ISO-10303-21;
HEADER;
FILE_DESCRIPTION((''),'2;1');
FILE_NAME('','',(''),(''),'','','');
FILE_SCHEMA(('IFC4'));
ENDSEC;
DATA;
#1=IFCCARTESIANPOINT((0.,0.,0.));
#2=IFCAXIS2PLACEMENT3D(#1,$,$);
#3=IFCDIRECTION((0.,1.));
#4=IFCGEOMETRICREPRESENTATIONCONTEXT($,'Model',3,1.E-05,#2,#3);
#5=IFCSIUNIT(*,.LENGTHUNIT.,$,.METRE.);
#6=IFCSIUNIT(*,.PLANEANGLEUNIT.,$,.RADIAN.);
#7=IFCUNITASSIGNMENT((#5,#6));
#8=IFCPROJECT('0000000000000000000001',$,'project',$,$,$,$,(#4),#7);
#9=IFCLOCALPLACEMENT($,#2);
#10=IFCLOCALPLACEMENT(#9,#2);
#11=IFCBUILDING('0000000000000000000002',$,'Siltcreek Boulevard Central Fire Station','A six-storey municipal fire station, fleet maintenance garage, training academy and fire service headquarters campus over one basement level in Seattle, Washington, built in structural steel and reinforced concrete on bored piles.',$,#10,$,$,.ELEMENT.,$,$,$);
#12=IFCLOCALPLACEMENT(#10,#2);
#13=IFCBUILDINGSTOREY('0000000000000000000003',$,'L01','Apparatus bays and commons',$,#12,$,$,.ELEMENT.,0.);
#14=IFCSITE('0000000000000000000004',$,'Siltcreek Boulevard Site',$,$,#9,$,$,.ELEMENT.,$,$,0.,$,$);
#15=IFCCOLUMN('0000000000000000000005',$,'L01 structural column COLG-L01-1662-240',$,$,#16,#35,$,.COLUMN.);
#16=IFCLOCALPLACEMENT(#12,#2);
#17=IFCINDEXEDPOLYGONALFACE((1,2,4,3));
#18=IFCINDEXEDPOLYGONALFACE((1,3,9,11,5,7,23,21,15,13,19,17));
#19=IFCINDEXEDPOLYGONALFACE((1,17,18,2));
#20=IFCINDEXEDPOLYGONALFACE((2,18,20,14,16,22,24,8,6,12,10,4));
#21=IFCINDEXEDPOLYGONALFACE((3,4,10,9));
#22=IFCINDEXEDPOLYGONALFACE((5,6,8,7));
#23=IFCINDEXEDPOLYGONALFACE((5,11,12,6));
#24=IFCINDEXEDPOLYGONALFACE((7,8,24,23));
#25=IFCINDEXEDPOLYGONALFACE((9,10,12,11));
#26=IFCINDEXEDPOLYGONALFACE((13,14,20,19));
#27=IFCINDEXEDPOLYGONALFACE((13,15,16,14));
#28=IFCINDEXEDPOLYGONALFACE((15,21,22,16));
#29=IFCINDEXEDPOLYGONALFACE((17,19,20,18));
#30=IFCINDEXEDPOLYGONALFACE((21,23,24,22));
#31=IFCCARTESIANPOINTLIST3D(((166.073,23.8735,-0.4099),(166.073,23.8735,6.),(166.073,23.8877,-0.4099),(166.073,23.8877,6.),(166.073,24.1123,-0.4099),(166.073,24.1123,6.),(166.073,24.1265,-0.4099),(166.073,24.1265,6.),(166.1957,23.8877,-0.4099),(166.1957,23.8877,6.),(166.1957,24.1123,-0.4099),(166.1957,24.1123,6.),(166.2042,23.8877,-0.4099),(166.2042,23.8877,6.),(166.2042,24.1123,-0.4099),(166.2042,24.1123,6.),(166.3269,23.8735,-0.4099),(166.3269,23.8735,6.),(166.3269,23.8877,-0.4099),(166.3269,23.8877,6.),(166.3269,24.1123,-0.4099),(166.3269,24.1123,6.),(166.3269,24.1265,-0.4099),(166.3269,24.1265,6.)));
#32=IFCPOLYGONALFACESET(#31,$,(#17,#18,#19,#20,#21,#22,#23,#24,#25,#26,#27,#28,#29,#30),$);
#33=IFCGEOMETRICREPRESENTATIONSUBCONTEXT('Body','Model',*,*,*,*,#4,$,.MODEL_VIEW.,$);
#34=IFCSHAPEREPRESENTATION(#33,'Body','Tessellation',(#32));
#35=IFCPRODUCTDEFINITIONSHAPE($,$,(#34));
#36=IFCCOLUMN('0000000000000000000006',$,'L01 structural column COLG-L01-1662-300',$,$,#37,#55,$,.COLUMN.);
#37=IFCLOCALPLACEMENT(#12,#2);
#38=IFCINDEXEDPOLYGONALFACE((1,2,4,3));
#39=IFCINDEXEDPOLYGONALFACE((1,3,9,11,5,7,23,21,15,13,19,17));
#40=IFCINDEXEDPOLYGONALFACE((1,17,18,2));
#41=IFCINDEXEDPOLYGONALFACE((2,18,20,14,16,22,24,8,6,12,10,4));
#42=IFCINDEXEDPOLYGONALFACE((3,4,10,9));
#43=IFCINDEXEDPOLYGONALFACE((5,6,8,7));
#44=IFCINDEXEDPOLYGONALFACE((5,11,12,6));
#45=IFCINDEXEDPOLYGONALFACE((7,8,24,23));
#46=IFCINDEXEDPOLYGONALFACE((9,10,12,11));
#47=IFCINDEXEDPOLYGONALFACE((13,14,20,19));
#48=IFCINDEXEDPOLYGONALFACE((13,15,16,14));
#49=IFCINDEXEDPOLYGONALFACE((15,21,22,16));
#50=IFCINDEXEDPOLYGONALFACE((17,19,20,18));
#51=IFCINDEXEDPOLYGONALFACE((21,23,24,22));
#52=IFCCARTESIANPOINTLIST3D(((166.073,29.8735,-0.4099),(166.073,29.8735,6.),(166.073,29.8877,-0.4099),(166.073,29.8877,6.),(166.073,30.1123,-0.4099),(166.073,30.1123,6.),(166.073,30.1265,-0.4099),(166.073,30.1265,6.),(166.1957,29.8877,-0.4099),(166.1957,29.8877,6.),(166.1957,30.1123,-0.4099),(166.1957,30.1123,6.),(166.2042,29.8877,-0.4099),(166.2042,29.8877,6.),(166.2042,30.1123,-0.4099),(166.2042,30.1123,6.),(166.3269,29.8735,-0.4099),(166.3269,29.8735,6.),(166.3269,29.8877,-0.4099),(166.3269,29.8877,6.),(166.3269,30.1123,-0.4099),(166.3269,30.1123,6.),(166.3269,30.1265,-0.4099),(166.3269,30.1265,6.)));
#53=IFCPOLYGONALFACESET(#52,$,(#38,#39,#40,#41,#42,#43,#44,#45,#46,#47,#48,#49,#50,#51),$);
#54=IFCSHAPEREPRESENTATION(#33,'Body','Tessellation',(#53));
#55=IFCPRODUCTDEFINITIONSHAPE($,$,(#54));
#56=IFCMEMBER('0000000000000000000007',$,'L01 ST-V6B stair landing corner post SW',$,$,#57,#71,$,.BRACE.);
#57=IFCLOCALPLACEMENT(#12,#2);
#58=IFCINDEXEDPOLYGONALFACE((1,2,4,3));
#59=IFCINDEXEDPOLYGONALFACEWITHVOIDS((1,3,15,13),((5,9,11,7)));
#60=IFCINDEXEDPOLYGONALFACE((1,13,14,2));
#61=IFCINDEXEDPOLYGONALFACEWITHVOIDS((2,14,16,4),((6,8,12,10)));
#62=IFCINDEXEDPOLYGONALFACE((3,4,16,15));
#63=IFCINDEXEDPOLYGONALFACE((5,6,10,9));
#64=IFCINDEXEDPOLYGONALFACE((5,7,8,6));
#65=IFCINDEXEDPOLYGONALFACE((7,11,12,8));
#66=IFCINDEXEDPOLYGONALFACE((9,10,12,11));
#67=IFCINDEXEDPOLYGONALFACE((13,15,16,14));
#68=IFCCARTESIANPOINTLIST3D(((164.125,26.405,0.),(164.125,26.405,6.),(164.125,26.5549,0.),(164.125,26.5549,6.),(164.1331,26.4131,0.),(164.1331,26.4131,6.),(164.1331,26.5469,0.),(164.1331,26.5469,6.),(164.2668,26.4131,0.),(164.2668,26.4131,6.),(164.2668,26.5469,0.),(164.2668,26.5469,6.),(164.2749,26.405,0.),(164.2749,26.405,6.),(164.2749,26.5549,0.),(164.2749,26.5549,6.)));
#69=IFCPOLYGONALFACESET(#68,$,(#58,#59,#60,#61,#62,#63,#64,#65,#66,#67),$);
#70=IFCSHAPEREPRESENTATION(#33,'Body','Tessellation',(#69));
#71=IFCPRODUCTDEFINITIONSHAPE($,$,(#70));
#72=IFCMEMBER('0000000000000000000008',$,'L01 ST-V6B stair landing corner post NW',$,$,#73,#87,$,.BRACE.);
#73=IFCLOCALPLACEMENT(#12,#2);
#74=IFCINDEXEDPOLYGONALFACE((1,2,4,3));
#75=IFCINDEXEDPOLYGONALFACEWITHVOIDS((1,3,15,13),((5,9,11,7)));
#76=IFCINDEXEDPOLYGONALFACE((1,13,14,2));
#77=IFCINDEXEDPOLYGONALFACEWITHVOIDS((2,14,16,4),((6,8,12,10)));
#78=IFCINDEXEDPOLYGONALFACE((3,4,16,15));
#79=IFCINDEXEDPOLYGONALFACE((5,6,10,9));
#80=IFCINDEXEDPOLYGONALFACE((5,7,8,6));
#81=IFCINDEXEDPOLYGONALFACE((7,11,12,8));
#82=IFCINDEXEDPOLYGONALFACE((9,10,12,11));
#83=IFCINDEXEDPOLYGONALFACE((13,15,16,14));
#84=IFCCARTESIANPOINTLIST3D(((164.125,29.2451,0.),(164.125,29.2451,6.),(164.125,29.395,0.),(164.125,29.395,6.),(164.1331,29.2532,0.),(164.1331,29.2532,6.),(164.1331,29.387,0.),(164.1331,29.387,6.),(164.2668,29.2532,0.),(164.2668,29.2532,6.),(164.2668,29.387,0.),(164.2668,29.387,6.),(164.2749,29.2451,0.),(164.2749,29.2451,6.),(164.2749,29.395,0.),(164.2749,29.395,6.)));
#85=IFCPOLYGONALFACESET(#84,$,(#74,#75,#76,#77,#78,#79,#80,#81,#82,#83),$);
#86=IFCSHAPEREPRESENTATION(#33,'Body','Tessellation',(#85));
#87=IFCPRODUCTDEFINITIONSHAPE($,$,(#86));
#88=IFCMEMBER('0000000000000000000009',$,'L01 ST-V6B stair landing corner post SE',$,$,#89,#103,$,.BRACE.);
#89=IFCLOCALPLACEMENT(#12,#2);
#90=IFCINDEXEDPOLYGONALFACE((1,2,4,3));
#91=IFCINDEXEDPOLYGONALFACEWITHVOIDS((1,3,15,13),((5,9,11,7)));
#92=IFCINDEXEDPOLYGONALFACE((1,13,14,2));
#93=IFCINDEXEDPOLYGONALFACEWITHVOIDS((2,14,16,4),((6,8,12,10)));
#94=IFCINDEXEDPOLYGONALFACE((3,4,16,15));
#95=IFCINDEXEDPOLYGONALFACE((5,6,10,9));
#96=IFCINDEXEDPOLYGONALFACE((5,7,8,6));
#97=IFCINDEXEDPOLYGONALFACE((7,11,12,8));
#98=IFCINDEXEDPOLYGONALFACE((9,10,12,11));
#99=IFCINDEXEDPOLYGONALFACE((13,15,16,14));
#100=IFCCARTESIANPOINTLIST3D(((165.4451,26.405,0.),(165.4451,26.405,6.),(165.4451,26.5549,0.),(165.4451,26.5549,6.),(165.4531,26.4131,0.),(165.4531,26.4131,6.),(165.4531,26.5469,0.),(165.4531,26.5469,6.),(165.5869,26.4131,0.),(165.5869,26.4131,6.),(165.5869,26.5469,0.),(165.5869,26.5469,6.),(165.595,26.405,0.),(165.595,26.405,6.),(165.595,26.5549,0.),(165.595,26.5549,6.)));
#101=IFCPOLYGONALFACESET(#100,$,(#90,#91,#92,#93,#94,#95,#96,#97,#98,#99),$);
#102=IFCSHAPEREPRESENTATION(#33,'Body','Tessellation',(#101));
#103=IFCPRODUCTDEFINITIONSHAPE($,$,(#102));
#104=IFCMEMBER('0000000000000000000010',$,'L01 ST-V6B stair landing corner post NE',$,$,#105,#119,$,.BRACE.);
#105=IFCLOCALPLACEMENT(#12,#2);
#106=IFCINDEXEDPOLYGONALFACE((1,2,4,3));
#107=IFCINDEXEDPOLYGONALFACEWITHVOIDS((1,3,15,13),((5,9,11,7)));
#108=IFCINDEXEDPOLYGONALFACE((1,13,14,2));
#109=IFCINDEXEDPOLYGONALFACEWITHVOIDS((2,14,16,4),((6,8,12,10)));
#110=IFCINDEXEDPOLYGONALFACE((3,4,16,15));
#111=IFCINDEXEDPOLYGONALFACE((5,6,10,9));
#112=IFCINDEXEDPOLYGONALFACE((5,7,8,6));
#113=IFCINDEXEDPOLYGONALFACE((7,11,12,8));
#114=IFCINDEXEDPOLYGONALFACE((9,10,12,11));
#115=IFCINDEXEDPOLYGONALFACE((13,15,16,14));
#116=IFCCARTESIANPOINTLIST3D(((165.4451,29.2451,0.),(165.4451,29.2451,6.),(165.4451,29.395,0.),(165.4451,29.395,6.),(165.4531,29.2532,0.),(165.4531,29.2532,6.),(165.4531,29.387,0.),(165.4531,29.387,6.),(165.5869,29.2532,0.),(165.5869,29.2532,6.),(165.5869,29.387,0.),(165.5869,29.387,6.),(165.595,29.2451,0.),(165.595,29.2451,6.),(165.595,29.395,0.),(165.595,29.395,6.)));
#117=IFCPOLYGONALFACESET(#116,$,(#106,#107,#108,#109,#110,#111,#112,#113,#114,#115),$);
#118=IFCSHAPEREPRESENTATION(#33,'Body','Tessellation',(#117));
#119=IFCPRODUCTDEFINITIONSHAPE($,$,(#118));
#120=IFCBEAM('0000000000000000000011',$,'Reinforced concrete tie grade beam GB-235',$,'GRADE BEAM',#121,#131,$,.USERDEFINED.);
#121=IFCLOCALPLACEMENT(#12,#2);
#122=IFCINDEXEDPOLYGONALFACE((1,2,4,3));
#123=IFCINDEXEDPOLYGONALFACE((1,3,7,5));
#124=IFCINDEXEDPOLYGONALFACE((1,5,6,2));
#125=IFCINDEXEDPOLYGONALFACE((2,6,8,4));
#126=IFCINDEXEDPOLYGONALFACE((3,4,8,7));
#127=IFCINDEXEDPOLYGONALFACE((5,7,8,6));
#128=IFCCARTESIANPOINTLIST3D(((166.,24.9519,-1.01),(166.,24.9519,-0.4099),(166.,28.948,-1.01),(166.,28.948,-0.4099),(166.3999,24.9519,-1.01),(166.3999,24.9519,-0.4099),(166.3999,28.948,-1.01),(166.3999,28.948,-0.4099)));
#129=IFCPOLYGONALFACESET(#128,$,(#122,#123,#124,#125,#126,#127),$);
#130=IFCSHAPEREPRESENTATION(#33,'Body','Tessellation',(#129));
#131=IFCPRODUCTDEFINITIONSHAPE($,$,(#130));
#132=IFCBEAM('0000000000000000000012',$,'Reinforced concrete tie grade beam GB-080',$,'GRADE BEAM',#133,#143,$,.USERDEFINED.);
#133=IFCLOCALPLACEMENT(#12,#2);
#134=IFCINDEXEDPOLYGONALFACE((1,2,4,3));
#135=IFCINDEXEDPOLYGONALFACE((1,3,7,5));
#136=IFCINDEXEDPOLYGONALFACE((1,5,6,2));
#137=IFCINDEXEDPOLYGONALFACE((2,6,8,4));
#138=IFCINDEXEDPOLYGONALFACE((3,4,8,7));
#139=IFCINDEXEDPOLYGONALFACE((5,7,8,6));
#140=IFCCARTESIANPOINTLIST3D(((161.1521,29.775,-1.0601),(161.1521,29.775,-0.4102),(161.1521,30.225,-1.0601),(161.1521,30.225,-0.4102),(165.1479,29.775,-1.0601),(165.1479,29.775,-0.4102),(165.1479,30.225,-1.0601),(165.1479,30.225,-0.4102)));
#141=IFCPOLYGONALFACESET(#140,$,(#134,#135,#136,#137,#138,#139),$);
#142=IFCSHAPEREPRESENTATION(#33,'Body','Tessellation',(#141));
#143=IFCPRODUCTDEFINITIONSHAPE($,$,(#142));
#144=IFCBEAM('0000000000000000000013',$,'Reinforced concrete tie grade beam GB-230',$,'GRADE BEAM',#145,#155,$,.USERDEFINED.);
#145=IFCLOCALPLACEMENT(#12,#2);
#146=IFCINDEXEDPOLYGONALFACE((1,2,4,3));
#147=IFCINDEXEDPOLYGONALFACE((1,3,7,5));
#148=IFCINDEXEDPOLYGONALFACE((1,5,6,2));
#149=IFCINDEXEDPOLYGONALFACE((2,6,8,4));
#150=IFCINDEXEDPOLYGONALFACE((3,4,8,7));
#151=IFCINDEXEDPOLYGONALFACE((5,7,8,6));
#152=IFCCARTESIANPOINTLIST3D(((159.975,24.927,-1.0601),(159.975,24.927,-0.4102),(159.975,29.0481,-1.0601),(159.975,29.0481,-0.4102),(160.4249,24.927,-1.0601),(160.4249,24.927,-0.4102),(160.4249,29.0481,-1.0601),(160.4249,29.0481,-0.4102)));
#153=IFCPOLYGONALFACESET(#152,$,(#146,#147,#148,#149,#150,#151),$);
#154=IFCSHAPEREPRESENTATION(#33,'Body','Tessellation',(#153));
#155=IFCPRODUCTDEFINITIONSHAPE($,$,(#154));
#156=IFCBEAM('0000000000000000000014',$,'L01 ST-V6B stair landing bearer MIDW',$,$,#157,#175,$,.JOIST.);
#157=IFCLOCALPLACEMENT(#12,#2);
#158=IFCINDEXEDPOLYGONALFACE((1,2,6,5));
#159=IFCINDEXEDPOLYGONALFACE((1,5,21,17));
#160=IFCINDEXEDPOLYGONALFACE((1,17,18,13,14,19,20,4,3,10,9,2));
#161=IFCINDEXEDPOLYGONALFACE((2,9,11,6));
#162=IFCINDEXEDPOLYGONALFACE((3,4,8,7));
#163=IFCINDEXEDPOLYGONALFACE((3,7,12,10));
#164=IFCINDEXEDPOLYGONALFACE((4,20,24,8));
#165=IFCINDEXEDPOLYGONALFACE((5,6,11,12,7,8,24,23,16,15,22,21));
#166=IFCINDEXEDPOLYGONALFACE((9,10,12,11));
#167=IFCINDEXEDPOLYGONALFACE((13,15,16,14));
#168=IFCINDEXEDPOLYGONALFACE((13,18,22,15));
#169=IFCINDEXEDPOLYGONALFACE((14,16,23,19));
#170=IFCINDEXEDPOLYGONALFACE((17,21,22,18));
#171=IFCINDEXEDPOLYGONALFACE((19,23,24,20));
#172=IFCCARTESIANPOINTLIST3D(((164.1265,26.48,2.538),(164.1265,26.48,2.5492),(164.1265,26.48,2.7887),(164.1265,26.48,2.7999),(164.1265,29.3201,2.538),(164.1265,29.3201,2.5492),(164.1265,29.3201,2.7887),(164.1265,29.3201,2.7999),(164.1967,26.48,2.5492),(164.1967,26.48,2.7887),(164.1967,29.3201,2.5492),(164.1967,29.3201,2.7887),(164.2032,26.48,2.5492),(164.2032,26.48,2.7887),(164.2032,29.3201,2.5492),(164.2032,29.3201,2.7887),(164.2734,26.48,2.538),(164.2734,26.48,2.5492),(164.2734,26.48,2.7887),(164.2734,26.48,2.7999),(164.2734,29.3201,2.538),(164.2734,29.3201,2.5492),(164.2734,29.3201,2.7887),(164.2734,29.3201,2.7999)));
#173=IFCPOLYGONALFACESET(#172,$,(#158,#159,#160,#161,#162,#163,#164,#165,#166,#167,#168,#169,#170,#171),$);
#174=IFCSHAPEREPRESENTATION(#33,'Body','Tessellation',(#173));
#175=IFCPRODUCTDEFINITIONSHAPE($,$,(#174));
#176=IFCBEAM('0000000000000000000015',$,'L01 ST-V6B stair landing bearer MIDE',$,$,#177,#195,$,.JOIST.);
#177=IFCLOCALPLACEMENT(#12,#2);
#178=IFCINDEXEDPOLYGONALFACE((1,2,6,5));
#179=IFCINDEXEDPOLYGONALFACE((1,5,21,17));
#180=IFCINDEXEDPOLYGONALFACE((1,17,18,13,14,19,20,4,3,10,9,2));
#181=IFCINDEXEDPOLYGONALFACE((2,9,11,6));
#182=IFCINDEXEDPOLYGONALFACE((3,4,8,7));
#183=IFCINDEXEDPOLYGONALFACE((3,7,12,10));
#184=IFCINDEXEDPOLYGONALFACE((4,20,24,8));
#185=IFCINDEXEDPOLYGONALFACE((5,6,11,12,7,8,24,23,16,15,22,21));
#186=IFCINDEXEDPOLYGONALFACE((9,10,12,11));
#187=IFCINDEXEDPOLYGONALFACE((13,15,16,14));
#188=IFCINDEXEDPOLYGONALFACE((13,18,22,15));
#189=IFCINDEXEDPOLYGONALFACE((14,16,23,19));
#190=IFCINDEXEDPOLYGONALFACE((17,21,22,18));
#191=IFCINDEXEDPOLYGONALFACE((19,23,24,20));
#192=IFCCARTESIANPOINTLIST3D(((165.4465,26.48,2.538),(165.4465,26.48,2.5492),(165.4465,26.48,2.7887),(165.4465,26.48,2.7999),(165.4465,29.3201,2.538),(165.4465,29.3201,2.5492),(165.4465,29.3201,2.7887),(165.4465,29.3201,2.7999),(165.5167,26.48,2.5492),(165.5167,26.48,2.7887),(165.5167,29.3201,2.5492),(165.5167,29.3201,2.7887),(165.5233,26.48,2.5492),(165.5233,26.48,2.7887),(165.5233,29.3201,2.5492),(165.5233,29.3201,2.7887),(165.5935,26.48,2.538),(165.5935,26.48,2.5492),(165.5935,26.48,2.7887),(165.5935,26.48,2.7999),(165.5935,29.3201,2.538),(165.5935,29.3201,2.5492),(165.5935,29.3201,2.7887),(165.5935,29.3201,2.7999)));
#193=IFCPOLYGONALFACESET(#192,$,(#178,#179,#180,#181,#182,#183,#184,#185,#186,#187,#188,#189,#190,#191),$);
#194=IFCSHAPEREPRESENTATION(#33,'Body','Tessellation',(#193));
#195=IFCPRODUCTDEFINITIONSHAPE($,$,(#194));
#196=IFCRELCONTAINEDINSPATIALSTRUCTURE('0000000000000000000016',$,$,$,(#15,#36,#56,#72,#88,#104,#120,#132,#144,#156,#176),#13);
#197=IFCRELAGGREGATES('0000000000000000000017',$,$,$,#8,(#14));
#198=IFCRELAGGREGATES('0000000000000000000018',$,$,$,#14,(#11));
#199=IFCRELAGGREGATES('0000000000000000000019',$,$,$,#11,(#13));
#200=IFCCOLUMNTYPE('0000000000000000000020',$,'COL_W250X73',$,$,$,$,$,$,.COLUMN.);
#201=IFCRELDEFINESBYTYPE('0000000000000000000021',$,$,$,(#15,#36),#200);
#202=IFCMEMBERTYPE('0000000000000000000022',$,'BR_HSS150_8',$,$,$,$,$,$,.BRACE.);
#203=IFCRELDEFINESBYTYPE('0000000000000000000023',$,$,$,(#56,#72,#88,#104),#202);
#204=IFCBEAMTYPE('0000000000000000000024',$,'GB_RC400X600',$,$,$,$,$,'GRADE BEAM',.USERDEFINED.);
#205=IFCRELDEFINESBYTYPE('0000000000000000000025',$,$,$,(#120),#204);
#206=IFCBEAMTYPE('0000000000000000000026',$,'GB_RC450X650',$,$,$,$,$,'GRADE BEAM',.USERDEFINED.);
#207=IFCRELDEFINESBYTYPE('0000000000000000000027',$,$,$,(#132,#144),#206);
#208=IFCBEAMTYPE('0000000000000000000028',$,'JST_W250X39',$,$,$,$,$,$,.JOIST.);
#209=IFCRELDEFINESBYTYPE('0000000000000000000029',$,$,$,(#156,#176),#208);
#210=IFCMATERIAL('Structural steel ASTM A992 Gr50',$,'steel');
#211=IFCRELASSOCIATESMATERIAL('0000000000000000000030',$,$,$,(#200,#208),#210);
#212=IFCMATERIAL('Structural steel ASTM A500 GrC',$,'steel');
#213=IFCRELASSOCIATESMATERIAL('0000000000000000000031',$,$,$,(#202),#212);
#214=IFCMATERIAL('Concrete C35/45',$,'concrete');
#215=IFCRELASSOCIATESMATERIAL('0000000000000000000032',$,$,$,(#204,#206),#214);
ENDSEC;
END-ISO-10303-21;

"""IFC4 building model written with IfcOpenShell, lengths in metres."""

from ifc_helpers import new_model, si_unit, direction, frame, origin, origin_2d, place, context, subcontext, project, spatial, rectangle, hollow_rectangle, i_section, extrude, material, material_profile, profile_set, type_object, element, save


model = new_model("IFC4")

# Units and contexts
model_context = context("Model", 3, precision=1e-05, world=origin(), true_north=direction((0.0, 1.0)))
body_context = subcontext(model_context, "Body", "Model", "MODEL_VIEW")
ifc_project = project(units=[si_unit("LENGTHUNIT", "METRE"), si_unit("PLANEANGLEUNIT", "RADIAN")], contexts=[model_context])

# Site, building, storey
site_placement = place(None, origin())
site = spatial("IfcSite", under=ifc_project, at=site_placement, Name="Siltcreek Boulevard Site", CompositionType="ELEMENT", RefElevation=0.0)
building_placement = place(site_placement, origin())
building = spatial("IfcBuilding", under=site, at=building_placement, Name="Siltcreek Boulevard Central Fire Station", Description="A six-storey municipal fire station, fleet maintenance garage, training academy and fire service headquarters campus over one basement level in Seattle, Washington, built in structural steel and reinforced concrete on bored piles.", CompositionType="ELEMENT")
storey_placement = place(building_placement, origin())
storey = spatial("IfcBuildingStorey", under=building, at=storey_placement, Name="L01", Description="Apparatus bays and commons", CompositionType="ELEMENT", Elevation=0.0)

# Shared definitions
ifc_material_1 = material(Name="Concrete C35/45", Category="concrete")

# Columns
ifc_material_2 = material(Name="Structural steel ASTM A500 GrC", Category="steel")
ifc_material_3 = material(Name="Structural steel ASTM A992 Gr50", Category="steel")
ifc_material_profile_1 = material_profile(ifc_material_3, i_section(OverallWidth=0.2539, OverallDepth=0.2529, WebThickness=0.0085, FlangeThickness=0.0142, at=origin_2d()), Name="W250X73")
ifc_profile_set_1 = profile_set([ifc_material_profile_1], Name="Structural steel ASTM A992 Gr50")
column_type_1 = type_object("IfcColumnType", Name="COL_W250X73", PredefinedType="COLUMN", material=ifc_profile_set_1)
for number, where, z_axis, x_axis, name in (
    (1, (166.2, 24.0, -0.4099), (0.0, 0.0, 1.0), (1.0, 0.0, 0.0), "L01 structural column COLG-L01-1662-240"),
    (2, (166.2, 30.0, -0.4099), (0.0, 0.0, 1.0), (1.0, 0.0, 0.0), "L01 structural column COLG-L01-1662-300"),
):
    element("IfcColumn", number, at=place(storey_placement, frame(where, z_axis=z_axis, x_axis=x_axis)), inside=storey, type_object=column_type_1, Name=name, PredefinedType="COLUMN", context=body_context, shape_type="SweptSolid", body=[
        extrude(i_section(OverallWidth=0.2539, OverallDepth=0.2529, WebThickness=0.0085, FlangeThickness=0.0142, at=origin_2d()), origin(), (0.0, 0.0, 1.0), 6.4099),
    ])

# Members
ifc_material_profile_2 = material_profile(ifc_material_2, hollow_rectangle(XDim=0.1499, YDim=0.1499, WallThickness=0.0081, at=origin_2d()), Name="HSS150X150X8.0")
ifc_profile_set_2 = profile_set([ifc_material_profile_2], Name="Structural steel ASTM A500 GrC")
member_type = type_object("IfcMemberType", Name="BR_HSS150_8", PredefinedType="BRACE", material=ifc_profile_set_2)
for number, where, z_axis, x_axis, name in (
    (3, (164.2, 26.48, 0.0), (0.0, 0.0, 1.0), (1.0, 0.0, 0.0), "L01 ST-V6B stair landing corner post SW"),
    (4, (164.2, 29.3201, 0.0), (0.0, 0.0, 1.0), (1.0, 0.0, 0.0), "L01 ST-V6B stair landing corner post NW"),
    (5, (165.52, 26.48, 0.0), (0.0, 0.0, 1.0), (1.0, 0.0, 0.0), "L01 ST-V6B stair landing corner post SE"),
    (6, (165.52, 29.3201, 0.0), (0.0, 0.0, 1.0), (1.0, 0.0, 0.0), "L01 ST-V6B stair landing corner post NE"),
):
    element("IfcMember", number, at=place(storey_placement, frame(where, z_axis=z_axis, x_axis=x_axis)), inside=storey, type_object=member_type, Name=name, PredefinedType="BRACE", context=body_context, shape_type="SweptSolid", body=[
        extrude(hollow_rectangle(XDim=0.1499, YDim=0.1499, WallThickness=0.0081, at=origin_2d()), origin(), (0.0, 0.0, 1.0), 6.0),
    ])

# Beams
ifc_material_profile_3 = material_profile(ifc_material_1, rectangle(XDim=0.3999, YDim=0.6001, at=origin_2d()), Name="RC400X600")
ifc_profile_set_3 = profile_set([ifc_material_profile_3], Name="Concrete C35/45")
beam_type_1 = type_object("IfcBeamType", Name="GB_RC400X600", ElementType="GRADE BEAM", PredefinedType="USERDEFINED", material=ifc_profile_set_3)
beam_1_placement = place(storey_placement, frame((166.2, 24.9519, -0.71), z_axis=(0.0, 1.0, 0.0), x_axis=(-1.0, 0.0, 0.0)))
element("IfcBeam", 7, at=beam_1_placement, inside=storey, type_object=beam_type_1, Name="Reinforced concrete tie grade beam GB-235", ObjectType="GRADE BEAM", PredefinedType="USERDEFINED", context=body_context, shape_type="SweptSolid", body=[
    extrude(rectangle(XDim=0.3999, YDim=0.6001, at=origin_2d()), origin(), (0.0, 0.0, 1.0), 3.9961),
])
ifc_material_profile_4 = material_profile(ifc_material_1, rectangle(XDim=0.45, YDim=0.6499, at=origin_2d()), Name="RC450X650")
ifc_profile_set_4 = profile_set([ifc_material_profile_4], Name="Concrete C35/45")
beam_type_2 = type_object("IfcBeamType", Name="GB_RC450X650", ElementType="GRADE BEAM", PredefinedType="USERDEFINED", material=ifc_profile_set_4)
beam_2_placement = place(storey_placement, frame((161.1521, 30.0, -0.7351), z_axis=(1.0, 0.0, 0.0), x_axis=(0.0, 1.0, 0.0)))
element("IfcBeam", 8, at=beam_2_placement, inside=storey, type_object=beam_type_2, Name="Reinforced concrete tie grade beam GB-080", ObjectType="GRADE BEAM", PredefinedType="USERDEFINED", context=body_context, shape_type="SweptSolid", body=[
    extrude(rectangle(XDim=0.45, YDim=0.6499, at=origin_2d()), origin(), (0.0, 0.0, 1.0), 3.9958),
])
beam_3_placement = place(storey_placement, frame((160.2, 24.927, -0.7351), z_axis=(0.0, 1.0, 0.0), x_axis=(-1.0, 0.0, 0.0)))
element("IfcBeam", 9, at=beam_3_placement, inside=storey, type_object=beam_type_2, Name="Reinforced concrete tie grade beam GB-230", ObjectType="GRADE BEAM", PredefinedType="USERDEFINED", context=body_context, shape_type="SweptSolid", body=[
    extrude(rectangle(XDim=0.45, YDim=0.6499, at=origin_2d()), origin(), (0.0, 0.0, 1.0), 4.1211),
])
ifc_material_profile_5 = material_profile(ifc_material_3, i_section(OverallWidth=0.147, OverallDepth=0.262, WebThickness=0.0066, FlangeThickness=0.0112, at=origin_2d()), Name="W250X39")
ifc_profile_set_5 = profile_set([ifc_material_profile_5], Name="Structural steel ASTM A992 Gr50")
beam_type_3 = type_object("IfcBeamType", Name="JST_W250X39", PredefinedType="JOIST", material=ifc_profile_set_5)
for number, where, z_axis, x_axis, name in (
    (10, (164.2, 26.48, 2.6689), (0.0, 1.0, 0.0), (-1.0, 0.0, 0.0), "L01 ST-V6B stair landing bearer MIDW"),
    (11, (165.52, 26.48, 2.6689), (0.0, 1.0, 0.0), (-1.0, 0.0, 0.0), "L01 ST-V6B stair landing bearer MIDE"),
):
    element("IfcBeam", number, at=place(storey_placement, frame(where, z_axis=z_axis, x_axis=x_axis)), inside=storey, type_object=beam_type_3, Name=name, PredefinedType="JOIST", context=body_context, shape_type="SweptSolid", body=[
        extrude(i_section(OverallWidth=0.147, OverallDepth=0.262, WebThickness=0.0066, FlangeThickness=0.0112, at=origin_2d()), origin(), (0.0, 0.0, 1.0), 2.8401),
    ])

save(model, "model.ifc")
